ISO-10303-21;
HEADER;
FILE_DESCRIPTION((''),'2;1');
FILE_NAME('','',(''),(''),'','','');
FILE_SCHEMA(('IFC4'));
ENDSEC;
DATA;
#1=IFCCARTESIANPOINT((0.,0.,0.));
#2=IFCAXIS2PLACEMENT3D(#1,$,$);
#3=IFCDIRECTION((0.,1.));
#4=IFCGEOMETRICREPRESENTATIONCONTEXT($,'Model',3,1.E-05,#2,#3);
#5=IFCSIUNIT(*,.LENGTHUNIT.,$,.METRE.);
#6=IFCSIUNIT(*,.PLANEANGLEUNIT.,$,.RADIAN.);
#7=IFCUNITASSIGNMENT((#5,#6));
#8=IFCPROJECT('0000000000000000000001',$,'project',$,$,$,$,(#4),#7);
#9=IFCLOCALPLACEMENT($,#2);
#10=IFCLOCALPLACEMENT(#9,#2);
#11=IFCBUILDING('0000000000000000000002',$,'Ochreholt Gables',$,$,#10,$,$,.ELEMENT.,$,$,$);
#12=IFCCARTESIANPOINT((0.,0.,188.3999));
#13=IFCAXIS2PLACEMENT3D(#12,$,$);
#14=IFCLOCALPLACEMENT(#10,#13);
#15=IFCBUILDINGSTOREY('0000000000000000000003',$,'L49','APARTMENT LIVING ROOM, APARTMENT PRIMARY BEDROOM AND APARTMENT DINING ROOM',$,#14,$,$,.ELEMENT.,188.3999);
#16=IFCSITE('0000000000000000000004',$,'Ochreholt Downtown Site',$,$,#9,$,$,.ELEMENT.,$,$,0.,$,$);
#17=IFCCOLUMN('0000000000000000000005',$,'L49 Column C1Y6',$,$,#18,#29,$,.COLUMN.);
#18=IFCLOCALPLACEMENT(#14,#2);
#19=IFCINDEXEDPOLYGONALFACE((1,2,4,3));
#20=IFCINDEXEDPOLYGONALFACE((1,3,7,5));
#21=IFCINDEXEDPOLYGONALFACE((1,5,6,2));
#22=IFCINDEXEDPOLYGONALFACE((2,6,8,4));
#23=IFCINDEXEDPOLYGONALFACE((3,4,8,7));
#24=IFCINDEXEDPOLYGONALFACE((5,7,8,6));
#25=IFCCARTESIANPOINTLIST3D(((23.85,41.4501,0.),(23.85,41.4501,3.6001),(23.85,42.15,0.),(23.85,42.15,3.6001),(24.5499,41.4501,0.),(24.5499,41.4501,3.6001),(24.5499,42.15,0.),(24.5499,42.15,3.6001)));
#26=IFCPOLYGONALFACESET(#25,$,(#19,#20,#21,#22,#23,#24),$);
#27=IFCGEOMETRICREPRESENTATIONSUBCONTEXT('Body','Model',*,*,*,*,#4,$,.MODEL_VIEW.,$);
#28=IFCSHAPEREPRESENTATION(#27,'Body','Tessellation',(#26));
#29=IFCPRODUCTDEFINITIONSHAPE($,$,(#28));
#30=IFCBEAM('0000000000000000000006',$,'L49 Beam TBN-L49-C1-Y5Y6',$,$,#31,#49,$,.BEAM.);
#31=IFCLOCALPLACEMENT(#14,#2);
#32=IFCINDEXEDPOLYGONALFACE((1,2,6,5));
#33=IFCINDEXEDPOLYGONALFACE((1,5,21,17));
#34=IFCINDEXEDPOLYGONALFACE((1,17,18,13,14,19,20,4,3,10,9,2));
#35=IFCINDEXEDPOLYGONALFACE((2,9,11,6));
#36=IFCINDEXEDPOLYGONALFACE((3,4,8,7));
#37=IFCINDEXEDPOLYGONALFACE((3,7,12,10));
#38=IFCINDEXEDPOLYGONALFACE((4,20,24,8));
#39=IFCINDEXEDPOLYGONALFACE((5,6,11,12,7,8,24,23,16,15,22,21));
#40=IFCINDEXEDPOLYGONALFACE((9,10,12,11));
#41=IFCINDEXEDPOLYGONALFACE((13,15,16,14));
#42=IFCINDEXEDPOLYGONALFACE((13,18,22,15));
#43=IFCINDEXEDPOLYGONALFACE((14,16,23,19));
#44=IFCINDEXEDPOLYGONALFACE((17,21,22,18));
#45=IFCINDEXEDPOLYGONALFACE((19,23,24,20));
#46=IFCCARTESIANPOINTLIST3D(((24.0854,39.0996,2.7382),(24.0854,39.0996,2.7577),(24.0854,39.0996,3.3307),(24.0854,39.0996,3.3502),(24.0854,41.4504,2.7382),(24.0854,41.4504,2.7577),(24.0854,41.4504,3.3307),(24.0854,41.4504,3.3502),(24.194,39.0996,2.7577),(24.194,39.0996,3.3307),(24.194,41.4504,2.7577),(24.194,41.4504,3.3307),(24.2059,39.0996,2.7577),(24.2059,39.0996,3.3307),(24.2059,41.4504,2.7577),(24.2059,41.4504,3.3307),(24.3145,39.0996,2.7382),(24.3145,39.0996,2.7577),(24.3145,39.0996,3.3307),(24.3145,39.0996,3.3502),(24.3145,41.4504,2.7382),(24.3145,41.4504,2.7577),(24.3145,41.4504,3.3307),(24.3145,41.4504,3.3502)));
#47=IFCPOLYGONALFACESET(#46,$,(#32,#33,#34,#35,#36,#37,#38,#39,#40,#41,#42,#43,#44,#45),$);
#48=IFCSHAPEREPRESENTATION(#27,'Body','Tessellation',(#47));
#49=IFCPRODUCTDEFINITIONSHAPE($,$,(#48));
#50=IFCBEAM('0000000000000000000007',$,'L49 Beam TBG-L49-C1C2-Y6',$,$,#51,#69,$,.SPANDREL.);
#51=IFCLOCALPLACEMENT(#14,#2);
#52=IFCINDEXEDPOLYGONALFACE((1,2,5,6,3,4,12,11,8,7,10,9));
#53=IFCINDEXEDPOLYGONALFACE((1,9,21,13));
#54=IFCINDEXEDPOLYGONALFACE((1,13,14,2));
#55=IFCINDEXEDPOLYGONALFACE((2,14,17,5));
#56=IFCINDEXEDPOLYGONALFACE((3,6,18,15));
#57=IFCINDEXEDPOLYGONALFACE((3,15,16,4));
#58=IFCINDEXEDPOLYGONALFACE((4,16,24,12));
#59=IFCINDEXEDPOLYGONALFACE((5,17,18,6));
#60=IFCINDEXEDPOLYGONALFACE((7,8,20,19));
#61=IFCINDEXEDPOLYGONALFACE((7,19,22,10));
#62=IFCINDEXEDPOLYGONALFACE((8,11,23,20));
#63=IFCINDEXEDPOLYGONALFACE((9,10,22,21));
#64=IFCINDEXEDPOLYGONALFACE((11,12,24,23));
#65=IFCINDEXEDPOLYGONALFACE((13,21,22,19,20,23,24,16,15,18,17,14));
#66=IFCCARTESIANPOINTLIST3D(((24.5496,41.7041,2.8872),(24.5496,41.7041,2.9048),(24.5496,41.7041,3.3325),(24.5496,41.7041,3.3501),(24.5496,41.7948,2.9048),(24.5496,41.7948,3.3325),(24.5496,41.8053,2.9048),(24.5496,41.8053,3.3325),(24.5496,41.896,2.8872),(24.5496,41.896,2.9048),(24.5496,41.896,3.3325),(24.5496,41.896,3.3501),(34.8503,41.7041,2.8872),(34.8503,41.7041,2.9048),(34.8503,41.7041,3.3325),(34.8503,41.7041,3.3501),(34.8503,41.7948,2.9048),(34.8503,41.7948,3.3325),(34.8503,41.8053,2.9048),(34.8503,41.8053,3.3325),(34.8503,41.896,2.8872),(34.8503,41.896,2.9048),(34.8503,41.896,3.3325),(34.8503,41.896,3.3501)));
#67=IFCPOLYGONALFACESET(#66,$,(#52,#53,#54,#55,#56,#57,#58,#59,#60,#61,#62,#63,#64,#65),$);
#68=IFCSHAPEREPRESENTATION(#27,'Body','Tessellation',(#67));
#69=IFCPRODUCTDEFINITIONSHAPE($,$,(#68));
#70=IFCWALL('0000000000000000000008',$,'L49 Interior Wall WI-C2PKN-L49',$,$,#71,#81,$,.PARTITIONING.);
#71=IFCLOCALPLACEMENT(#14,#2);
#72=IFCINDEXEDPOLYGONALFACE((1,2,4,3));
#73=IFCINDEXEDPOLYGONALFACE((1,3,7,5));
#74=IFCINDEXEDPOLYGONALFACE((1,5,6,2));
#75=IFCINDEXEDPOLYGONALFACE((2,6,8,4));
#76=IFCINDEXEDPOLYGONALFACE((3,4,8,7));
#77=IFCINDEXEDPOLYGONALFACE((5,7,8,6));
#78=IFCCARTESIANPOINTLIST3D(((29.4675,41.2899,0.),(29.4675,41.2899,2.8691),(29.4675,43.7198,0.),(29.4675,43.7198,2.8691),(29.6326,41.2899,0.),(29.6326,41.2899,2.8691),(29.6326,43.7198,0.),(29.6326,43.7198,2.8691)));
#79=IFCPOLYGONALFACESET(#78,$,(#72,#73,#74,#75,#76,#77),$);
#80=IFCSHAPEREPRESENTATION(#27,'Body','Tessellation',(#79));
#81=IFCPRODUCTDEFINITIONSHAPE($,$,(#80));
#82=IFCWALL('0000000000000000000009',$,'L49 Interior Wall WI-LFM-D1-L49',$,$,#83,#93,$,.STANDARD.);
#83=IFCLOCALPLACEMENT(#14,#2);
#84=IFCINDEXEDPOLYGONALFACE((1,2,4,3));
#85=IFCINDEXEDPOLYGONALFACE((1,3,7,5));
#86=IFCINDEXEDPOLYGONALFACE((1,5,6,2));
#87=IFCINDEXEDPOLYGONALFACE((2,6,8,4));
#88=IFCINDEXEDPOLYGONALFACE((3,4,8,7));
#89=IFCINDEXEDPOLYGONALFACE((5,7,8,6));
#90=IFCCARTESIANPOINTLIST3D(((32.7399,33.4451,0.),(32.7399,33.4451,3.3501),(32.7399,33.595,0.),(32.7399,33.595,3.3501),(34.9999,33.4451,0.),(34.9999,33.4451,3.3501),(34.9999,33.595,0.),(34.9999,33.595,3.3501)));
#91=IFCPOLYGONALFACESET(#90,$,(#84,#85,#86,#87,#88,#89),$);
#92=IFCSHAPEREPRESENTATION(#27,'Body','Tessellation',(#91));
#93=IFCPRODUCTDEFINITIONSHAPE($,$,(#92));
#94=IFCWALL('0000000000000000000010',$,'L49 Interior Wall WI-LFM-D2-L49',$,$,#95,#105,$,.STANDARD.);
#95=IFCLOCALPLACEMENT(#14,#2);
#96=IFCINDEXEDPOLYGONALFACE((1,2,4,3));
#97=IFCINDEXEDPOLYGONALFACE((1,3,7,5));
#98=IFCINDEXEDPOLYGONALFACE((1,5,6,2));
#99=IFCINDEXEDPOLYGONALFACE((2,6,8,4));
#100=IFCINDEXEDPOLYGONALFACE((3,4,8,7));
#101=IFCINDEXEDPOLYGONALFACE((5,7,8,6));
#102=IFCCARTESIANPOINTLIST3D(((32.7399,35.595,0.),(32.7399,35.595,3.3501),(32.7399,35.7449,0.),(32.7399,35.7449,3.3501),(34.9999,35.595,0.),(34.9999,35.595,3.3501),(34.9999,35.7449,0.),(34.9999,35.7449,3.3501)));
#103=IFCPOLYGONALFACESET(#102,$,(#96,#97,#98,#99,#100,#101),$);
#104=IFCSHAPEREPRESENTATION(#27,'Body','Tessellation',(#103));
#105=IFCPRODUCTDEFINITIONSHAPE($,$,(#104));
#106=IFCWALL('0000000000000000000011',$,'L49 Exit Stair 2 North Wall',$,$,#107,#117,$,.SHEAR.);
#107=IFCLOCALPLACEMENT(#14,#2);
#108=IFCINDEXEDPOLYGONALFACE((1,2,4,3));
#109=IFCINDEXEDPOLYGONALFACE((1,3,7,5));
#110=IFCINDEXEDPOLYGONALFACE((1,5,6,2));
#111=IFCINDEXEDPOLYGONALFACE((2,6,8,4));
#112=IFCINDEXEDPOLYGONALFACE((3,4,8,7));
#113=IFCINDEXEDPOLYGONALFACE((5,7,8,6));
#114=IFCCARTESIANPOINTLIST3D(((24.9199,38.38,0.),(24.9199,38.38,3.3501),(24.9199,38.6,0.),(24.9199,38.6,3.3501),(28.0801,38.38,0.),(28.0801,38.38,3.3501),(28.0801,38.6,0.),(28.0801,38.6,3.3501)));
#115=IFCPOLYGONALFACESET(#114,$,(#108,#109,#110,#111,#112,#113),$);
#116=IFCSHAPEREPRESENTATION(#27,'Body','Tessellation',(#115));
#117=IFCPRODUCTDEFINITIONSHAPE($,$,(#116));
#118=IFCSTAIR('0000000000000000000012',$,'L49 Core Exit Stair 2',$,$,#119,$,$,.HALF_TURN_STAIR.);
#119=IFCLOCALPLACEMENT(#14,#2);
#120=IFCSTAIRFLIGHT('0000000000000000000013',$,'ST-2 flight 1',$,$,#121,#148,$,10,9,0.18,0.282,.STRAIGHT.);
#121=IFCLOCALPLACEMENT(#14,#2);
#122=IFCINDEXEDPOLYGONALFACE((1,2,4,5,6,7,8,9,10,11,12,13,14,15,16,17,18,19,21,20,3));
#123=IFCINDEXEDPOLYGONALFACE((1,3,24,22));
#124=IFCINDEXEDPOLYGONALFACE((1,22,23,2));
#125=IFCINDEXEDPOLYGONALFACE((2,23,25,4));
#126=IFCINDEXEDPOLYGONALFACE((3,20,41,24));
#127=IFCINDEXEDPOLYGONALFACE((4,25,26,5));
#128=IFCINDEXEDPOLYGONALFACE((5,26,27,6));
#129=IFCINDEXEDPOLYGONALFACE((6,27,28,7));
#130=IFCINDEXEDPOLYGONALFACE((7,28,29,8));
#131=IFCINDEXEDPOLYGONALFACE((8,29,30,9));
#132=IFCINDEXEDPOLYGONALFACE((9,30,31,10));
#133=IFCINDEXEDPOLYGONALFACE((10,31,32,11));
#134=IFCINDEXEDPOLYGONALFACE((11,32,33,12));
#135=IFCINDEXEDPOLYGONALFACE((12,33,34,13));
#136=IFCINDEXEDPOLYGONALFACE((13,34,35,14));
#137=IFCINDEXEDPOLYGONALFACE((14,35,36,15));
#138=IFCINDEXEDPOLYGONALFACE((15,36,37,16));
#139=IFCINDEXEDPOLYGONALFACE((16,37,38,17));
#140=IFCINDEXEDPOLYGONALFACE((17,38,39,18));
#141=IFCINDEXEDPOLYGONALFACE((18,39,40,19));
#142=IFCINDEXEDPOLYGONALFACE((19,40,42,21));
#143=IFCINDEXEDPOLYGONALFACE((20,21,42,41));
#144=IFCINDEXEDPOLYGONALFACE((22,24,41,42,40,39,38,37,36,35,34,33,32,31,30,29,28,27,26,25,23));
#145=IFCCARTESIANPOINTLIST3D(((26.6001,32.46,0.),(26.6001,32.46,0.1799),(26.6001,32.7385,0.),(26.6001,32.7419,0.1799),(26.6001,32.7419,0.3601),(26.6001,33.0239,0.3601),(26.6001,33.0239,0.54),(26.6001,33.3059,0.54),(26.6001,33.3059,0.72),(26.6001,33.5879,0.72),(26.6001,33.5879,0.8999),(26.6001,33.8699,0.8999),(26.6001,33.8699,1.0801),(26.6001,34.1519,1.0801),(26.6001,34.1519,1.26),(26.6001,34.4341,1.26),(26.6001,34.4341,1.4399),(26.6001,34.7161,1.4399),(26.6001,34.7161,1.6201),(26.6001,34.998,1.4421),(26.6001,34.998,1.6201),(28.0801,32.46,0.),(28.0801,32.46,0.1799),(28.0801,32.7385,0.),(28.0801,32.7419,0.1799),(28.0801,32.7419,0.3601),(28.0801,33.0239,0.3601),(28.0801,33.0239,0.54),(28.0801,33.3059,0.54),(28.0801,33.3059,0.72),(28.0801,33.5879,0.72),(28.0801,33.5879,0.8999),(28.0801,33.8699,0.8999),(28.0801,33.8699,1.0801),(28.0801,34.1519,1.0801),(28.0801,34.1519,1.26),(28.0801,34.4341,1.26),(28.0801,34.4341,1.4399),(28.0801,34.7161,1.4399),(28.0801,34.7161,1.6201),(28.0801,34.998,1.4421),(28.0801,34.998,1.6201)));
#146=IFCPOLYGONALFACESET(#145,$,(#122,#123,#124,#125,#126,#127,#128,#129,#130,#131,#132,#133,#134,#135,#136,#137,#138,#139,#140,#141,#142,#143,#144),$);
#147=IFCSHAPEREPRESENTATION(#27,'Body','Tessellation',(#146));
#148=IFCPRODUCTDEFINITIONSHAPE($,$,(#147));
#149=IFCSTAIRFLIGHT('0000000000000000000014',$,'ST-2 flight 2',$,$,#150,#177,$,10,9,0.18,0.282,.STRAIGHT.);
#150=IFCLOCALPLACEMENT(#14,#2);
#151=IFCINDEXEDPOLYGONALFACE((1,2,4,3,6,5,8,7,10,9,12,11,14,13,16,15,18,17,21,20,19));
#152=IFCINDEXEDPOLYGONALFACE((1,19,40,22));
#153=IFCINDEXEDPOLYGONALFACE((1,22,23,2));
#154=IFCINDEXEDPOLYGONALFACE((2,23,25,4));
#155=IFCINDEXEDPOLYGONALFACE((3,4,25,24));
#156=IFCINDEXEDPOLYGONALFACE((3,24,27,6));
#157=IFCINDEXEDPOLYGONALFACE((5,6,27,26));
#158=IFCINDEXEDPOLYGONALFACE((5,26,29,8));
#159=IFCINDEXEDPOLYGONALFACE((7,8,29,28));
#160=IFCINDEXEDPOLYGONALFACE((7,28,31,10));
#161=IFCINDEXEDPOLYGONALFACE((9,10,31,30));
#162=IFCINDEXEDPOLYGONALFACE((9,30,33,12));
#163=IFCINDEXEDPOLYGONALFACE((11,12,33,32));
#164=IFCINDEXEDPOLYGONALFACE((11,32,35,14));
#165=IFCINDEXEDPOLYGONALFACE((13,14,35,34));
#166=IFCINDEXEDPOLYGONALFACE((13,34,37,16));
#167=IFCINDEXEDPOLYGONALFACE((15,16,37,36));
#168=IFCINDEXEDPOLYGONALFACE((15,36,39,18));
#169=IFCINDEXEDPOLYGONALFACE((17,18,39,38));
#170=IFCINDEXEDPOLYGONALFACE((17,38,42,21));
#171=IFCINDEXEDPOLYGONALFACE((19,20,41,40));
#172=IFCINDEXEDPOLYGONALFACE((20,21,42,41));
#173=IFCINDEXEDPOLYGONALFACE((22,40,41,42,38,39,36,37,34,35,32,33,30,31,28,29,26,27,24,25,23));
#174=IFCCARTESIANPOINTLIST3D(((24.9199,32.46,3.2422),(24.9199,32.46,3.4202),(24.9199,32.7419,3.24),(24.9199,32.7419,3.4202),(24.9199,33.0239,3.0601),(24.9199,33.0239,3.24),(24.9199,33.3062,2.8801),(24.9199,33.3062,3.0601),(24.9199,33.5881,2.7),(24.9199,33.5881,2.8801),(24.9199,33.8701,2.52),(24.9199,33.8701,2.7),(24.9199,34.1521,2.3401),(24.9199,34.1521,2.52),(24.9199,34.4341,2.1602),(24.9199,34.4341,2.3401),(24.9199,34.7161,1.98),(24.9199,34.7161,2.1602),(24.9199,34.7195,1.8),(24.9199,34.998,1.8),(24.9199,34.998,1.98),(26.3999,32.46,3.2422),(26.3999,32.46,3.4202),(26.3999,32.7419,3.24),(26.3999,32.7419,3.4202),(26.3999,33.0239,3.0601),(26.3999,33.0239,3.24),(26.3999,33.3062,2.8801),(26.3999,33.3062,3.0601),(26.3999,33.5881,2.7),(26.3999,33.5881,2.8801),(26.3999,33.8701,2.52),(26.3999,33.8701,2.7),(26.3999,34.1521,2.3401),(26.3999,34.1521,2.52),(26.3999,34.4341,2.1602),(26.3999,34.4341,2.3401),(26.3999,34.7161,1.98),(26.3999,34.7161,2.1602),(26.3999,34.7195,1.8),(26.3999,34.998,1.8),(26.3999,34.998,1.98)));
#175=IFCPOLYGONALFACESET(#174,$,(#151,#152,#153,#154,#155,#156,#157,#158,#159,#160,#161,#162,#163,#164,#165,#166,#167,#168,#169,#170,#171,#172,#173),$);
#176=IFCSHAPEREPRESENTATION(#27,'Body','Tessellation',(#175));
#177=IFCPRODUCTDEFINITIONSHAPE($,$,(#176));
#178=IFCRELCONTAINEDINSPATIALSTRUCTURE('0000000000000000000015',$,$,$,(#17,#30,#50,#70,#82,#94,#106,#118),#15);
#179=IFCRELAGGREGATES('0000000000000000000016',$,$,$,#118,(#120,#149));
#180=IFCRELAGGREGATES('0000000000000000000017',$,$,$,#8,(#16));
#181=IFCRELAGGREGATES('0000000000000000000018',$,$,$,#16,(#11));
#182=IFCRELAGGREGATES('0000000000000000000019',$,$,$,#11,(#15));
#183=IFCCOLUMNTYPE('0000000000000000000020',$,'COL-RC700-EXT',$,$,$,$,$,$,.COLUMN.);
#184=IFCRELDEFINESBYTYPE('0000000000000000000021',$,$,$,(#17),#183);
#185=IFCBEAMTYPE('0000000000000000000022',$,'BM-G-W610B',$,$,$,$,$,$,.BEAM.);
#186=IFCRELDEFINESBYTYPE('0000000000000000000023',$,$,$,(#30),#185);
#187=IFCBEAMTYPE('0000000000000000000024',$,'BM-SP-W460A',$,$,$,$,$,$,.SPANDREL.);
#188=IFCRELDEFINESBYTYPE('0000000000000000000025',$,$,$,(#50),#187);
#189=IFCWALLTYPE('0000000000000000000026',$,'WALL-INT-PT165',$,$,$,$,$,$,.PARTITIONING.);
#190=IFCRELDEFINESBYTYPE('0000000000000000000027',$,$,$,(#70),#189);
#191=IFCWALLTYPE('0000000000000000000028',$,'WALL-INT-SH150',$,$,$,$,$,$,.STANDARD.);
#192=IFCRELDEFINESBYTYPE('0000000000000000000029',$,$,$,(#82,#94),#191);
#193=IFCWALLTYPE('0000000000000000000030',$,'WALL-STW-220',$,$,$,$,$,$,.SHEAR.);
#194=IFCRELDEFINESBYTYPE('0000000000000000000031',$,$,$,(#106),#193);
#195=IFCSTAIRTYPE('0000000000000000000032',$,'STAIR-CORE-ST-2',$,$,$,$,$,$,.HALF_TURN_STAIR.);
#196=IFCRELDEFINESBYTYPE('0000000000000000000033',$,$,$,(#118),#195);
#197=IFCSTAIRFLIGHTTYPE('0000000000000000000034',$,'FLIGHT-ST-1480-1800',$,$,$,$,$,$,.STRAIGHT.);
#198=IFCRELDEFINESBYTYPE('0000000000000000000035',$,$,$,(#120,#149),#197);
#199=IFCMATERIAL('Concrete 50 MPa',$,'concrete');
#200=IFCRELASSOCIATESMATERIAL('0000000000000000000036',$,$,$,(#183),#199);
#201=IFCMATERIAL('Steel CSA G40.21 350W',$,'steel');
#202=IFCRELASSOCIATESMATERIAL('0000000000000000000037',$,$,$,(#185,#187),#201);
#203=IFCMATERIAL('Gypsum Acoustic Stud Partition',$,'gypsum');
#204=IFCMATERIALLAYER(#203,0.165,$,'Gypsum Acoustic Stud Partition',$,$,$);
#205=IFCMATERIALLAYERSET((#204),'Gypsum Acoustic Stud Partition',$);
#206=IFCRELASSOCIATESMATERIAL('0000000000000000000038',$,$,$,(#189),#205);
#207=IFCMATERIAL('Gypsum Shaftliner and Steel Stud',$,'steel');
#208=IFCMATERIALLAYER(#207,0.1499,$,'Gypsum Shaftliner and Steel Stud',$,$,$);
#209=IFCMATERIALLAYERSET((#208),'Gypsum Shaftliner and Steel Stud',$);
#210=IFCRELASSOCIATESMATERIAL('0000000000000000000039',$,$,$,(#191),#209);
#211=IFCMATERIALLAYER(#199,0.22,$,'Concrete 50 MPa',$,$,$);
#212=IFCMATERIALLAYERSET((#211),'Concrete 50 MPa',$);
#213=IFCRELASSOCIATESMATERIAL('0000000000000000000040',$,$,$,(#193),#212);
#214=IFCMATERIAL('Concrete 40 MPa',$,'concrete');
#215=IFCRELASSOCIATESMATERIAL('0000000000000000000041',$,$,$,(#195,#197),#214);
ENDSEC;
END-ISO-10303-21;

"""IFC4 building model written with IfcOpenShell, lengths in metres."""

from ifc_helpers import new_model, si_unit, direction, frame, frame_2d, origin, origin_2d, place, context, subcontext, project, spatial, polyline, rectangle, i_section, outline, extrude, material, layer, layer_set, material_profile, profile_set, type_object, element, aggregate, save


model = new_model("IFC4")

# Units and contexts
model_context = context("Model", 3, precision=1e-05, world=origin(), true_north=direction((0.0, 1.0)))
body_context = subcontext(model_context, "Body", "Model", "MODEL_VIEW")
ifc_project = project(units=[si_unit("LENGTHUNIT", "METRE"), si_unit("PLANEANGLEUNIT", "RADIAN")], contexts=[model_context])

# Site, building, storey
site_placement = place(None, origin())
site = spatial("IfcSite", under=ifc_project, at=site_placement, Name="Ochreholt Downtown Site", CompositionType="ELEMENT", RefElevation=0.0)
building_placement = place(site_placement, origin())
building = spatial("IfcBuilding", under=site, at=building_placement, Name="Ochreholt Gables", CompositionType="ELEMENT")
storey_placement = place(building_placement, frame((0.0, 0.0, 188.3999)))
storey = spatial("IfcBuildingStorey", under=building, at=storey_placement, Name="L49", Description="APARTMENT LIVING ROOM, APARTMENT PRIMARY BEDROOM AND APARTMENT DINING ROOM", CompositionType="ELEMENT", Elevation=188.3999)

# Column
ifc_material_1 = material(Name="Concrete 50 MPa", Category="concrete")
ifc_material_profile_1 = material_profile(ifc_material_1, rectangle(XDim=0.7, YDim=0.7, at=origin_2d()), Name="RC700X700")
ifc_profile_set_1 = profile_set([ifc_material_profile_1], Name="Concrete 50 MPa")
column_type = type_object("IfcColumnType", Name="COL-RC700-EXT", PredefinedType="COLUMN", material=ifc_profile_set_1)
column_placement = place(storey_placement, frame((24.2, 41.8, 0.0), z_axis=(0.0, 0.0, 1.0), x_axis=(1.0, 0.0, 0.0)))
element("IfcColumn", 1, at=column_placement, inside=storey, type_object=column_type, Name="L49 Column C1Y6", PredefinedType="COLUMN", context=body_context, shape_type="SweptSolid", body=[
    extrude(rectangle(XDim=0.7, YDim=0.7, at=origin_2d()), origin(), (0.0, 0.0, 1.0), 3.6001),
])

# Beams
ifc_material_2 = material(Name="Steel CSA G40.21 350W", Category="steel")
ifc_material_profile_2 = material_profile(ifc_material_2, i_section(OverallWidth=0.229, OverallDepth=0.6121, WebThickness=0.012, FlangeThickness=0.0195, at=origin_2d()), Name="W610X125")
ifc_profile_set_2 = profile_set([ifc_material_profile_2], Name="Steel CSA G40.21 350W")
beam_type_1 = type_object("IfcBeamType", Name="BM-G-W610B", PredefinedType="BEAM", material=ifc_profile_set_2)
beam_1_placement = place(storey_placement, frame((24.2, 39.0996, 3.0442), z_axis=(0.0, 1.0, 0.0), x_axis=(-1.0, 0.0, 0.0)))
element("IfcBeam", 2, at=beam_1_placement, inside=storey, type_object=beam_type_1, Name="L49 Beam TBN-L49-C1-Y5Y6", PredefinedType="BEAM", context=body_context, shape_type="SweptSolid", body=[
    extrude(i_section(OverallWidth=0.229, OverallDepth=0.6121, WebThickness=0.012, FlangeThickness=0.0195, at=origin_2d()), origin(), (0.0, 0.0, 1.0), 2.3508),
])
ifc_material_profile_3 = material_profile(ifc_material_2, i_section(OverallWidth=0.1919, OverallDepth=0.4629, WebThickness=0.0105, FlangeThickness=0.0176, at=origin_2d()), Name="W460X89")
ifc_profile_set_3 = profile_set([ifc_material_profile_3], Name="Steel CSA G40.21 350W")
beam_type_2 = type_object("IfcBeamType", Name="BM-SP-W460A", PredefinedType="SPANDREL", material=ifc_profile_set_3)
beam_2_placement = place(storey_placement, frame((24.5496, 41.8, 3.1187), z_axis=(1.0, 0.0, 0.0), x_axis=(0.0, 1.0, 0.0)))
element("IfcBeam", 3, at=beam_2_placement, inside=storey, type_object=beam_type_2, Name="L49 Beam TBG-L49-C1C2-Y6", PredefinedType="SPANDREL", context=body_context, shape_type="SweptSolid", body=[
    extrude(i_section(OverallWidth=0.1919, OverallDepth=0.4629, WebThickness=0.0105, FlangeThickness=0.0176, at=origin_2d()), origin(), (0.0, 0.0, 1.0), 10.3008),
])

# Walls
ifc_material_3 = material(Name="Gypsum Acoustic Stud Partition", Category="gypsum")
ifc_layer_1 = layer(ifc_material_3, 0.165, Name="Gypsum Acoustic Stud Partition")
ifc_layer_set_1 = layer_set([ifc_layer_1], Name="Gypsum Acoustic Stud Partition")
wall_type_1 = type_object("IfcWallType", Name="WALL-INT-PT165", PredefinedType="PARTITIONING", material=ifc_layer_set_1)
wall_1_placement = place(storey_placement, frame((29.55, 41.29, 0.0), z_axis=(0.0, 0.0, 1.0), x_axis=(0.0, 1.0, 0.0)))
element("IfcWall", 4, at=wall_1_placement, inside=storey, type_object=wall_type_1, Name="L49 Interior Wall WI-C2PKN-L49", PredefinedType="PARTITIONING", context=body_context, shape_type="SweptSolid", body=[
    extrude(rectangle(XDim=2.4299, YDim=0.165, at=frame_2d((1.2148, 0.0))), origin(), (0.0, 0.0, 1.0), 2.8691),
])
ifc_material_4 = material(Name="Gypsum Shaftliner and Steel Stud", Category="steel")
ifc_layer_2 = layer(ifc_material_4, 0.1499, Name="Gypsum Shaftliner and Steel Stud")
ifc_layer_set_2 = layer_set([ifc_layer_2], Name="Gypsum Shaftliner and Steel Stud")
wall_type_2 = type_object("IfcWallType", Name="WALL-INT-SH150", PredefinedType="STANDARD", material=ifc_layer_set_2)
for number, where, z_axis, x_axis, name in (
    (5, (32.74, 33.52, 0.0), (0.0, 0.0, 1.0), (1.0, 0.0, 0.0), "L49 Interior Wall WI-LFM-D1-L49"),
    (6, (32.74, 35.6699, 0.0), (0.0, 0.0, 1.0), (1.0, 0.0, 0.0), "L49 Interior Wall WI-LFM-D2-L49"),
):
    element("IfcWall", number, at=place(storey_placement, frame(where, z_axis=z_axis, x_axis=x_axis)), inside=storey, type_object=wall_type_2, Name=name, PredefinedType="STANDARD", context=body_context, shape_type="SweptSolid", body=[
        extrude(rectangle(XDim=2.26, YDim=0.1499, at=frame_2d((1.1299, 0.0))), origin(), (0.0, 0.0, 1.0), 3.3501),
    ])
ifc_layer_3 = layer(ifc_material_1, 0.22, Name="Concrete 50 MPa")
ifc_layer_set_3 = layer_set([ifc_layer_3], Name="Concrete 50 MPa")
wall_type_3 = type_object("IfcWallType", Name="WALL-STW-220", PredefinedType="SHEAR", material=ifc_layer_set_3)
wall_2_placement = place(storey_placement, frame((24.9199, 38.49, 0.0), z_axis=(0.0, 0.0, 1.0), x_axis=(1.0, 0.0, 0.0)))
element("IfcWall", 7, at=wall_2_placement, inside=storey, type_object=wall_type_3, Name="L49 Exit Stair 2 North Wall", PredefinedType="SHEAR", context=body_context, shape_type="SweptSolid", body=[
    extrude(rectangle(XDim=3.1602, YDim=0.22, at=frame_2d((1.5801, 0.0))), origin(), (0.0, 0.0, 1.0), 3.3501),
])

# Stair, stair flights
ifc_material_5 = material(Name="Concrete 40 MPa", Category="concrete")
stair_type = type_object("IfcStairType", Name="STAIR-CORE-ST-2", PredefinedType="HALF_TURN_STAIR", material=ifc_material_5)
stair_placement = place(storey_placement, origin())
stair = element("IfcStair", 8, at=stair_placement, inside=storey, type_object=stair_type, Name="L49 Core Exit Stair 2", PredefinedType="HALF_TURN_STAIR")
stair_flight_type = type_object("IfcStairFlightType", Name="FLIGHT-ST-1480-1800", PredefinedType="STRAIGHT", material=ifc_material_5)
stair_flight_1_placement = place(storey_placement, frame((27.3401, 32.46, 0.0), z_axis=(0.0, 0.0, 1.0), x_axis=(0.0, 1.0, 0.0)))
stair_flight_1 = element("IfcStairFlight", 9, at=stair_flight_1_placement, type_object=stair_flight_type, Name="ST-2 flight 1", NumberOfRisers=10, NumberOfTreads=9, PredefinedType="STRAIGHT", RiserHeight=0.18, TreadLength=0.282, context=body_context, shape_type="SweptSolid", body=[
    extrude(outline(polyline([(0.0, 0.0), (0.0, 0.1799), (0.282, 0.1799), (0.282, 0.3601), (0.564, 0.3601), (0.564, 0.54), (0.8459, 0.54), (0.8459, 0.72), (1.1279, 0.72), (1.1279, 0.8999), (1.4099, 0.8999), (1.4099, 1.0801), (1.6919, 1.0801), (1.6919, 1.26), (1.9741, 1.26), (1.9741, 1.4399), (2.2561, 1.4399), (2.2561, 1.6201), (2.5381, 1.6201), (2.5381, 1.8), (2.5381, 1.4421), (0.2786, 0.0), (0.0, 0.0)])), frame((0.0, 0.74, 0.0), z_axis=(0.0, -1.0, 0.0), x_axis=(1.0, 0.0, 0.0)), (0.0, 0.0, 1.0), 1.48),
])
stair_flight_2_placement = place(storey_placement, frame((25.6599, 34.998, 1.8), z_axis=(0.0, 0.0, 1.0), x_axis=(0.0, -1.0, 0.0)))
stair_flight_2 = element("IfcStairFlight", 10, at=stair_flight_2_placement, type_object=stair_flight_type, Name="ST-2 flight 2", NumberOfRisers=10, NumberOfTreads=9, PredefinedType="STRAIGHT", RiserHeight=0.18, TreadLength=0.282, context=body_context, shape_type="SweptSolid", body=[
    extrude(outline(polyline([(0.0, 0.0), (0.0, 0.1799), (0.282, 0.1799), (0.282, 0.3601), (0.564, 0.3601), (0.564, 0.54), (0.8459, 0.54), (0.8459, 0.72), (1.1279, 0.72), (1.1279, 0.8999), (1.4099, 0.8999), (1.4099, 1.0801), (1.6919, 1.0801), (1.6919, 1.26), (1.9741, 1.26), (1.9741, 1.4399), (2.2561, 1.4399), (2.2561, 1.6201), (2.5381, 1.6201), (2.5381, 1.8), (2.5381, 1.4421), (0.2786, 0.0), (0.0, 0.0)])), frame((0.0, 0.74, 0.0), z_axis=(0.0, -1.0, 0.0), x_axis=(1.0, 0.0, 0.0)), (0.0, 0.0, 1.0), 1.48),
])
aggregate(stair, [stair_flight_1, stair_flight_2])

save(model, "model.ifc")
